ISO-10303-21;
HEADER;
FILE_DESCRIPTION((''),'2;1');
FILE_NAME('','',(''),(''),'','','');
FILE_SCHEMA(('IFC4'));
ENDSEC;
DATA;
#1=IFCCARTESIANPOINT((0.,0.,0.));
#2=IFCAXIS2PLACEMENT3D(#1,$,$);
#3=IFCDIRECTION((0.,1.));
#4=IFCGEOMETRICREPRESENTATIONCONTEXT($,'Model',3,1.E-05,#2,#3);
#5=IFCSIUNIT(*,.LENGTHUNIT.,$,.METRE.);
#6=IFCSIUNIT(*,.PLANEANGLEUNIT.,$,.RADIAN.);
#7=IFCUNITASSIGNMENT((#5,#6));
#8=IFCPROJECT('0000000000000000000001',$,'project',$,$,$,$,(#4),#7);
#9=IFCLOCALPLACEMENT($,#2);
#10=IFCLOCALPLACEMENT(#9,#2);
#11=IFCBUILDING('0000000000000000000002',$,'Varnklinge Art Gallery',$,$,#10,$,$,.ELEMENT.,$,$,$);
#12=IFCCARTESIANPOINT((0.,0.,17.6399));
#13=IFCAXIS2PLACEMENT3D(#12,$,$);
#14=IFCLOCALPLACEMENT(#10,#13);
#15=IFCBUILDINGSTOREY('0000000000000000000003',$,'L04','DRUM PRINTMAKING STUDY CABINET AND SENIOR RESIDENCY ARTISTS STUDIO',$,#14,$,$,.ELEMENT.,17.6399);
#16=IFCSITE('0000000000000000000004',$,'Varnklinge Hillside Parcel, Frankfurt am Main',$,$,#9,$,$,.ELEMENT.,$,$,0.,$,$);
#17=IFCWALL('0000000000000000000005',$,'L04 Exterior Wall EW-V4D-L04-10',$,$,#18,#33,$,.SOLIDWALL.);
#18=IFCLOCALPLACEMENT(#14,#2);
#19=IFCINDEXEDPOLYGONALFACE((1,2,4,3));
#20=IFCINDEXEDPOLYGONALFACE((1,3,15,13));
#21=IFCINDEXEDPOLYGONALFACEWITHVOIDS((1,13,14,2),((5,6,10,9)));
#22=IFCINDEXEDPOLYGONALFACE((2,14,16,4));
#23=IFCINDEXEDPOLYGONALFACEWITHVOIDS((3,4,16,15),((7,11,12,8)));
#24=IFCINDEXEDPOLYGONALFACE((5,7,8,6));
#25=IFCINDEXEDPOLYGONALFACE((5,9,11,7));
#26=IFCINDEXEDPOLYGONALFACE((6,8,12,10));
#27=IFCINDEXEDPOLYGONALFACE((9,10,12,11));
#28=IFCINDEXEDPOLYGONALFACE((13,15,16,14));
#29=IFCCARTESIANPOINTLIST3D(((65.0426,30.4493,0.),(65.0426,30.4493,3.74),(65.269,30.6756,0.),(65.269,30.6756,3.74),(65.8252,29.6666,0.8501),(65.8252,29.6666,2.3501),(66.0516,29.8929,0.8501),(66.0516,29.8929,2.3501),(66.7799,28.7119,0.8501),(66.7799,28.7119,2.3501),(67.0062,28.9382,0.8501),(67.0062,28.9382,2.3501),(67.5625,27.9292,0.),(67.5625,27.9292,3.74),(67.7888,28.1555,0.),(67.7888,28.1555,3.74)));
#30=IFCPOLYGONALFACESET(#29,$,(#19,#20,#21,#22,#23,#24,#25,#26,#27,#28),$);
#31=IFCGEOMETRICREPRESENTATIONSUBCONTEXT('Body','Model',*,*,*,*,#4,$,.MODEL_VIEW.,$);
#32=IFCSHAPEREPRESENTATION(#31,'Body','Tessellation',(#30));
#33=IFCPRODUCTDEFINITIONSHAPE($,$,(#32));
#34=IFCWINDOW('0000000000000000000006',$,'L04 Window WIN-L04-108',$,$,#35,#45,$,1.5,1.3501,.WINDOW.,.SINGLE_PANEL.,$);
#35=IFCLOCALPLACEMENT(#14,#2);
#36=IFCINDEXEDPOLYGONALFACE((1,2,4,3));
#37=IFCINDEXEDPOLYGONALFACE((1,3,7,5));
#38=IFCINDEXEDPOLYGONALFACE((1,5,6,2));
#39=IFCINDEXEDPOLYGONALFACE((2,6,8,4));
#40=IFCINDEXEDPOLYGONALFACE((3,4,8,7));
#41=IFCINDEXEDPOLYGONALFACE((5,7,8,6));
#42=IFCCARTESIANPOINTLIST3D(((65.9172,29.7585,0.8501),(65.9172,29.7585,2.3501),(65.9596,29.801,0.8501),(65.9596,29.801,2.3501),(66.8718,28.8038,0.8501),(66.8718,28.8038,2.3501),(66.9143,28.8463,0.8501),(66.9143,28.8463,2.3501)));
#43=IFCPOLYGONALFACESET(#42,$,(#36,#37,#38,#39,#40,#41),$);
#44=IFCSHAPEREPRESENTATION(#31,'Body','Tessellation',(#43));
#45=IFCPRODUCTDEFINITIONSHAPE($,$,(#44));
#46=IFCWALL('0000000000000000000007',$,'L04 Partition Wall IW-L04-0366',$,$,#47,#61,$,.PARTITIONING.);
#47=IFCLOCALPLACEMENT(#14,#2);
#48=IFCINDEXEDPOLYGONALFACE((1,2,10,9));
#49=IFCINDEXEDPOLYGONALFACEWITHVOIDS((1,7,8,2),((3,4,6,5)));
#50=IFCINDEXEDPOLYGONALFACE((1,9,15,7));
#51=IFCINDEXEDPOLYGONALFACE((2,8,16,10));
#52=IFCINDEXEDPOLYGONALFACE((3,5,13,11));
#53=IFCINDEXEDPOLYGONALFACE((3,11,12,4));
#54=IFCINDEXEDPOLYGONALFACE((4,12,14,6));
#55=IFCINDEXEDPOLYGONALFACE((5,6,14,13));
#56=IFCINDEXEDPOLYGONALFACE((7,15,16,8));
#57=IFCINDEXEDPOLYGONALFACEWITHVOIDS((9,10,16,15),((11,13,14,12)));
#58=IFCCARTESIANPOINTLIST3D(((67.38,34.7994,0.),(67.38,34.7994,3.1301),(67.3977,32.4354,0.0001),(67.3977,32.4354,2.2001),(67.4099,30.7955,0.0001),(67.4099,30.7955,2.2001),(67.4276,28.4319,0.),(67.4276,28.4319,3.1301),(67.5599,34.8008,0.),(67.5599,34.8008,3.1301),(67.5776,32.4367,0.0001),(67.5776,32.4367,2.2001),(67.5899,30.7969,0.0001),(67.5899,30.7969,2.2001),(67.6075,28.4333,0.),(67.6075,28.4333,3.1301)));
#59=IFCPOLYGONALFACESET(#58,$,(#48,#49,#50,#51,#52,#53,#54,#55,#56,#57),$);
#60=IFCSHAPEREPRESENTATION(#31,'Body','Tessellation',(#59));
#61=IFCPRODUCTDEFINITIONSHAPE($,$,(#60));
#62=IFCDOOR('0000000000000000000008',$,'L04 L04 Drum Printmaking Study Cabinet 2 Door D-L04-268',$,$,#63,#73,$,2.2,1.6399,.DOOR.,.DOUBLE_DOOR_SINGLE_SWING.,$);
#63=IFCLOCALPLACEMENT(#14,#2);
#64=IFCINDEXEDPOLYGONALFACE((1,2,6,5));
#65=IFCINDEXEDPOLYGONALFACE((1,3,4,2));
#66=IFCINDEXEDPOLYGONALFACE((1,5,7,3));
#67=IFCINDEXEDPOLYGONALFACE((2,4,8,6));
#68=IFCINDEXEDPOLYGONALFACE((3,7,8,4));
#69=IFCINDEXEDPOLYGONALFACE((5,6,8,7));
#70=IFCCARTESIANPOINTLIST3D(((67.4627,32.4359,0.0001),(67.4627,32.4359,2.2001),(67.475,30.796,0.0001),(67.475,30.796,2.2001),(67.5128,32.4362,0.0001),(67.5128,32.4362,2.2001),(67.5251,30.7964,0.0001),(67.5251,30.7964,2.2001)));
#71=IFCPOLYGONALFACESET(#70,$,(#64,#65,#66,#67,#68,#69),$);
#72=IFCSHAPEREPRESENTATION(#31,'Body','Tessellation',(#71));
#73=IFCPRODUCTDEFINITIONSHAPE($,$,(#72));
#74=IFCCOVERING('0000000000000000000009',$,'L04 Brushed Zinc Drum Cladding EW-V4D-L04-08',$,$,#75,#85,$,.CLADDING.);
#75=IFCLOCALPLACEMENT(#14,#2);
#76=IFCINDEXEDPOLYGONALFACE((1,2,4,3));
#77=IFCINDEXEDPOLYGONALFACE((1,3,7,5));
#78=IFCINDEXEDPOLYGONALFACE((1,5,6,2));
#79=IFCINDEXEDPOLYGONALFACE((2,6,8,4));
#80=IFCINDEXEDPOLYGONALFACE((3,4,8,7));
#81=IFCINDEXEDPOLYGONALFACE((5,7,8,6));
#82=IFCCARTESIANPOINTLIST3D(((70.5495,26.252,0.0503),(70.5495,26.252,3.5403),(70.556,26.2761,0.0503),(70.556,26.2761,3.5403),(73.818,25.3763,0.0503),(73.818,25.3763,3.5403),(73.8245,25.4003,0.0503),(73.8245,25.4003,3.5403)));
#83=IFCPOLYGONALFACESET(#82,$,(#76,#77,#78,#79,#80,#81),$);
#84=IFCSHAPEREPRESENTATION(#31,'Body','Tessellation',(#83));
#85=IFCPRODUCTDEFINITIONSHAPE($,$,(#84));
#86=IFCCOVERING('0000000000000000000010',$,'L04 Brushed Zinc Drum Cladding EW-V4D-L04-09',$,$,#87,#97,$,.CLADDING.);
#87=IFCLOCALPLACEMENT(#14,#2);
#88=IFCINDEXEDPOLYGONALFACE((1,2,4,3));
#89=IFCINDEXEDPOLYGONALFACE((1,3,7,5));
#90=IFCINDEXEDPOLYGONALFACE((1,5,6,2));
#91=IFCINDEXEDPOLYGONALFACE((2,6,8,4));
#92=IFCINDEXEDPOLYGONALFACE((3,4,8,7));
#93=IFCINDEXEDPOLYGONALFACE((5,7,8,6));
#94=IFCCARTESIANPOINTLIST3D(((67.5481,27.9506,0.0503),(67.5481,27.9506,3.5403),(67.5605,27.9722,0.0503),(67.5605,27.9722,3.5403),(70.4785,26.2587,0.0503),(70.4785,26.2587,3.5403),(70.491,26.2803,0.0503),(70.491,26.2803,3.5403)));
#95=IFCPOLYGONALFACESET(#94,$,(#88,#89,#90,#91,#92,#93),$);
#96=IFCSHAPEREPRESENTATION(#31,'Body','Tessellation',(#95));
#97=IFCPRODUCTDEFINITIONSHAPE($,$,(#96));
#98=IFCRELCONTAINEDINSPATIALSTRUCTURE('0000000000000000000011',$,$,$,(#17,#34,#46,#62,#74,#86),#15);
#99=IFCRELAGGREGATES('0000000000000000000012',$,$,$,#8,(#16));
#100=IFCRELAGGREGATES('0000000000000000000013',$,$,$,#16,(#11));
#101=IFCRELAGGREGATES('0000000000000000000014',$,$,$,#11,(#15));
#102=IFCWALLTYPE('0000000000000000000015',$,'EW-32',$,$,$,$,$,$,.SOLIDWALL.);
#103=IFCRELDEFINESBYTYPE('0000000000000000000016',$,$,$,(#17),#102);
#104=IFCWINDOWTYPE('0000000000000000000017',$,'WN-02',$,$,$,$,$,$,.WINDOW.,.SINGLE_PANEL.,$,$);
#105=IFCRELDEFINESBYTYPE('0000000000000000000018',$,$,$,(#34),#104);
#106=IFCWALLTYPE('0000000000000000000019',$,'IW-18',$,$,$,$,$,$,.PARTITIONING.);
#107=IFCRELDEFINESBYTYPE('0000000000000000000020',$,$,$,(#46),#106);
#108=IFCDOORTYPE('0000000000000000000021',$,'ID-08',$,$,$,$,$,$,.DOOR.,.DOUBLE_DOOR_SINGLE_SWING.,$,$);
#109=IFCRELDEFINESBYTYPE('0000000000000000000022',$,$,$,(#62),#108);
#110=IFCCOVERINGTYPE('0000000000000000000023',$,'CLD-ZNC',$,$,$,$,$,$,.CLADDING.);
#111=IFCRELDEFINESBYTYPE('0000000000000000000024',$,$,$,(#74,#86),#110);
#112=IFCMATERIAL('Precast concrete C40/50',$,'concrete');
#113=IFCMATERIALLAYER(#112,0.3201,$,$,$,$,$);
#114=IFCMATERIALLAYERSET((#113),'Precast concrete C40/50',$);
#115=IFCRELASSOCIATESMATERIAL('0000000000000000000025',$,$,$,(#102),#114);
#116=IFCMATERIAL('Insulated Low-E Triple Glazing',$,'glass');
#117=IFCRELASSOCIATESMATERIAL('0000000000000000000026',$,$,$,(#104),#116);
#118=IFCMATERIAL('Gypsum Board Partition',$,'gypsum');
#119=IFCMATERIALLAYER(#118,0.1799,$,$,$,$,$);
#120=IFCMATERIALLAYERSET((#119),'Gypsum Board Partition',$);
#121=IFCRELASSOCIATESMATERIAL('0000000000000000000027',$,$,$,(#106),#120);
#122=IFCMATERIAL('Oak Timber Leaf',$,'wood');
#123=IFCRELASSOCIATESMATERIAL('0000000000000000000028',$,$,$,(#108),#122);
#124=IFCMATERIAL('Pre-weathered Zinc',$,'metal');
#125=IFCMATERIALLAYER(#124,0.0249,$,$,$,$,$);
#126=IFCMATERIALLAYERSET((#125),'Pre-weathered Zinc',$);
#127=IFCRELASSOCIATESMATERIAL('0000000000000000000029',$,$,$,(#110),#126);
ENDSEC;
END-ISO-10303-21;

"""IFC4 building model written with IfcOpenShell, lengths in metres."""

from ifc_helpers import new_model, si_unit, direction, frame, frame_2d, origin, origin_2d, place, context, subcontext, project, spatial, rectangle, extrude, material, layer, layer_set, type_object, element, fill, save


model = new_model("IFC4")

# Units and contexts
model_context = context("Model", 3, precision=1e-05, world=origin(), true_north=direction((0.0, 1.0)))
body_context = subcontext(model_context, "Body", "Model", "MODEL_VIEW")
ifc_project = project(units=[si_unit("LENGTHUNIT", "METRE"), si_unit("PLANEANGLEUNIT", "RADIAN")], contexts=[model_context])

# Site, building, storey
site_placement = place(None, origin())
site = spatial("IfcSite", under=ifc_project, at=site_placement, Name="Varnklinge Hillside Parcel, Frankfurt am Main", CompositionType="ELEMENT", RefElevation=0.0)
building_placement = place(site_placement, origin())
building = spatial("IfcBuilding", under=site, at=building_placement, Name="Varnklinge Art Gallery", CompositionType="ELEMENT")
storey_placement = place(building_placement, frame((0.0, 0.0, 17.6399)))
storey = spatial("IfcBuildingStorey", under=building, at=storey_placement, Name="L04", Description="DRUM PRINTMAKING STUDY CABINET AND SENIOR RESIDENCY ARTISTS STUDIO", CompositionType="ELEMENT", Elevation=17.6399)

# Shared definitions
ifc_material_1 = material(Name="Precast concrete C40/50", Category="concrete")
ifc_layer_1 = layer(ifc_material_1, 0.3201)
ifc_layer_set_1 = layer_set([ifc_layer_1], Name="Precast concrete C40/50")
wall_type_1 = type_object("IfcWallType", Name="EW-32", PredefinedType="SOLIDWALL", material=ifc_layer_set_1)

# Wall, opening, window
wall_1_placement = place(storey_placement, frame((67.6755, 28.0425, 0.0), z_axis=(0.0, 0.0, 1.0), x_axis=(-0.707073, 0.707141, 0.0)))
wall_1 = element("IfcWall", 1, at=wall_1_placement, inside=storey, type_object=wall_type_1, Name="L04 Exterior Wall EW-V4D-L04-10", PredefinedType="SOLIDWALL", context=body_context, shape_type="SweptSolid", body=[
    extrude(rectangle(XDim=3.5637, YDim=0.3201, at=frame_2d((1.7817, 0.0))), origin(), (0.0, 0.0, 1.0), 3.74),
])
opening_1_placement = place(wall_1_placement, frame((1.1067, 0.0, 0.8501)))
opening_1 = element("IfcOpeningElement", 2, at=opening_1_placement, cuts=wall_1, PredefinedType="OPENING", context=body_context, shape_type="SweptSolid", body=[
    extrude(rectangle(XDim=1.3501, YDim=1.5, at=frame_2d((0.675, 0.75))), frame((0.0, 0.1702, 0.0), z_axis=(0.0, -1.0, 0.0), x_axis=(1.0, 0.0, 0.0)), (0.0, 0.0, 1.0), 0.3401),
])
ifc_material_2 = material(Name="Insulated Low-E Triple Glazing", Category="glass")
window_type = type_object("IfcWindowType", Name="WN-02", PartitioningType="SINGLE_PANEL", PredefinedType="WINDOW", material=ifc_material_2)
window_placement = place(opening_1_placement, origin())
window = element("IfcWindow", 3, at=window_placement, inside=storey, type_object=window_type, Name="L04 Window WIN-L04-108", OverallHeight=1.5, OverallWidth=1.3501, PartitioningType="SINGLE_PANEL", PredefinedType="WINDOW", context=body_context, shape_type="SweptSolid", body=[
    extrude(rectangle(XDim=1.3501, YDim=1.5, at=frame_2d((0.675, 0.75))), frame((0.0, 0.03, 0.0), z_axis=(0.0, -1.0, 0.0), x_axis=(1.0, 0.0, 0.0)), (0.0, 0.0, 1.0), 0.0601),
])
fill(opening_1, window)

# Wall, opening, door
ifc_material_3 = material(Name="Gypsum Board Partition", Category="gypsum")
ifc_layer_2 = layer(ifc_material_3, 0.1799)
ifc_layer_set_2 = layer_set([ifc_layer_2], Name="Gypsum Board Partition")
wall_type_2 = type_object("IfcWallType", Name="IW-18", PredefinedType="PARTITIONING", material=ifc_layer_set_2)
wall_2_placement = place(storey_placement, frame((67.5176, 28.4326, 0.0), z_axis=(0.0, 0.0, 1.0), x_axis=(-0.007476, 0.999972, 0.0)))
wall_2 = element("IfcWall", 4, at=wall_2_placement, inside=storey, type_object=wall_type_2, Name="L04 Partition Wall IW-L04-0366", PredefinedType="PARTITIONING", context=body_context, shape_type="SweptSolid", body=[
    extrude(rectangle(XDim=6.3677, YDim=0.1799, at=frame_2d((3.1838, 0.0))), origin(), (0.0, 0.0, 1.0), 3.1301),
])
opening_2_placement = place(wall_2_placement, frame((2.3638, 0.0, 0.0)))
opening_2 = element("IfcOpeningElement", 5, at=opening_2_placement, cuts=wall_2, PredefinedType="OPENING", context=body_context, shape_type="SweptSolid", body=[
    extrude(rectangle(XDim=1.6399, YDim=2.2, at=frame_2d((0.8198, 1.1001))), frame((0.0, 0.0999, 0.0), z_axis=(0.0, -1.0, 0.0), x_axis=(1.0, 0.0, 0.0)), (0.0, 0.0, 1.0), 0.2),
])
ifc_material_4 = material(Name="Oak Timber Leaf", Category="wood")
door_type_1 = type_object("IfcDoorType", Name="ID-08", OperationType="DOUBLE_DOOR_SINGLE_SWING", PredefinedType="DOOR", material=ifc_material_4)
door_1_placement = place(opening_2_placement, origin())
door_1 = element("IfcDoor", 6, at=door_1_placement, inside=storey, type_object=door_type_1, Name="L04 L04 Drum Printmaking Study Cabinet 2 Door D-L04-268", OperationType="DOUBLE_DOOR_SINGLE_SWING", OverallHeight=2.2, OverallWidth=1.6399, PredefinedType="DOOR", context=body_context, shape_type="SweptSolid", body=[
    extrude(rectangle(XDim=1.6399, YDim=2.2, at=frame_2d((0.8198, 1.1001))), frame((0.0, 0.0249, 0.0), z_axis=(0.0, -1.0, 0.0), x_axis=(1.0, 0.0, 0.0)), (0.0, 0.0, 1.0), 0.05),
])
fill(opening_2, door_1)

# Coverings
ifc_material_5 = material(Name="Pre-weathered Zinc", Category="metal")
ifc_layer_3 = layer(ifc_material_5, 0.0249)
ifc_layer_set_3 = layer_set([ifc_layer_3], Name="Pre-weathered Zinc")
covering_type = type_object("IfcCoveringType", Name="CLD-ZNC", PredefinedType="CLADDING", material=ifc_layer_set_3)
for number, where, z_axis, x_axis, name in (
    (7, (72.187, 25.8262, 0.0503), (0.0, 0.0, 1.0), (-0.965926, 0.258819, 0.0), "L04 Brushed Zinc Drum Cladding EW-V4D-L04-08"),
    (8, (69.0195, 27.1155, 0.0503), (0.0, 0.0, 1.0), (-0.866025, 0.5, 0.0), "L04 Brushed Zinc Drum Cladding EW-V4D-L04-09"),
):
    element("IfcCovering", number, at=place(storey_placement, frame(where, z_axis=z_axis, x_axis=x_axis)), inside=storey, type_object=covering_type, Name=name, PredefinedType="CLADDING", context=body_context, shape_type="SweptSolid", body=[
        extrude(rectangle(XDim=3.3838, YDim=0.0249, at=origin_2d()), origin(), (0.0, 0.0, 1.0), 3.49),
    ])

save(model, "model.ifc")
